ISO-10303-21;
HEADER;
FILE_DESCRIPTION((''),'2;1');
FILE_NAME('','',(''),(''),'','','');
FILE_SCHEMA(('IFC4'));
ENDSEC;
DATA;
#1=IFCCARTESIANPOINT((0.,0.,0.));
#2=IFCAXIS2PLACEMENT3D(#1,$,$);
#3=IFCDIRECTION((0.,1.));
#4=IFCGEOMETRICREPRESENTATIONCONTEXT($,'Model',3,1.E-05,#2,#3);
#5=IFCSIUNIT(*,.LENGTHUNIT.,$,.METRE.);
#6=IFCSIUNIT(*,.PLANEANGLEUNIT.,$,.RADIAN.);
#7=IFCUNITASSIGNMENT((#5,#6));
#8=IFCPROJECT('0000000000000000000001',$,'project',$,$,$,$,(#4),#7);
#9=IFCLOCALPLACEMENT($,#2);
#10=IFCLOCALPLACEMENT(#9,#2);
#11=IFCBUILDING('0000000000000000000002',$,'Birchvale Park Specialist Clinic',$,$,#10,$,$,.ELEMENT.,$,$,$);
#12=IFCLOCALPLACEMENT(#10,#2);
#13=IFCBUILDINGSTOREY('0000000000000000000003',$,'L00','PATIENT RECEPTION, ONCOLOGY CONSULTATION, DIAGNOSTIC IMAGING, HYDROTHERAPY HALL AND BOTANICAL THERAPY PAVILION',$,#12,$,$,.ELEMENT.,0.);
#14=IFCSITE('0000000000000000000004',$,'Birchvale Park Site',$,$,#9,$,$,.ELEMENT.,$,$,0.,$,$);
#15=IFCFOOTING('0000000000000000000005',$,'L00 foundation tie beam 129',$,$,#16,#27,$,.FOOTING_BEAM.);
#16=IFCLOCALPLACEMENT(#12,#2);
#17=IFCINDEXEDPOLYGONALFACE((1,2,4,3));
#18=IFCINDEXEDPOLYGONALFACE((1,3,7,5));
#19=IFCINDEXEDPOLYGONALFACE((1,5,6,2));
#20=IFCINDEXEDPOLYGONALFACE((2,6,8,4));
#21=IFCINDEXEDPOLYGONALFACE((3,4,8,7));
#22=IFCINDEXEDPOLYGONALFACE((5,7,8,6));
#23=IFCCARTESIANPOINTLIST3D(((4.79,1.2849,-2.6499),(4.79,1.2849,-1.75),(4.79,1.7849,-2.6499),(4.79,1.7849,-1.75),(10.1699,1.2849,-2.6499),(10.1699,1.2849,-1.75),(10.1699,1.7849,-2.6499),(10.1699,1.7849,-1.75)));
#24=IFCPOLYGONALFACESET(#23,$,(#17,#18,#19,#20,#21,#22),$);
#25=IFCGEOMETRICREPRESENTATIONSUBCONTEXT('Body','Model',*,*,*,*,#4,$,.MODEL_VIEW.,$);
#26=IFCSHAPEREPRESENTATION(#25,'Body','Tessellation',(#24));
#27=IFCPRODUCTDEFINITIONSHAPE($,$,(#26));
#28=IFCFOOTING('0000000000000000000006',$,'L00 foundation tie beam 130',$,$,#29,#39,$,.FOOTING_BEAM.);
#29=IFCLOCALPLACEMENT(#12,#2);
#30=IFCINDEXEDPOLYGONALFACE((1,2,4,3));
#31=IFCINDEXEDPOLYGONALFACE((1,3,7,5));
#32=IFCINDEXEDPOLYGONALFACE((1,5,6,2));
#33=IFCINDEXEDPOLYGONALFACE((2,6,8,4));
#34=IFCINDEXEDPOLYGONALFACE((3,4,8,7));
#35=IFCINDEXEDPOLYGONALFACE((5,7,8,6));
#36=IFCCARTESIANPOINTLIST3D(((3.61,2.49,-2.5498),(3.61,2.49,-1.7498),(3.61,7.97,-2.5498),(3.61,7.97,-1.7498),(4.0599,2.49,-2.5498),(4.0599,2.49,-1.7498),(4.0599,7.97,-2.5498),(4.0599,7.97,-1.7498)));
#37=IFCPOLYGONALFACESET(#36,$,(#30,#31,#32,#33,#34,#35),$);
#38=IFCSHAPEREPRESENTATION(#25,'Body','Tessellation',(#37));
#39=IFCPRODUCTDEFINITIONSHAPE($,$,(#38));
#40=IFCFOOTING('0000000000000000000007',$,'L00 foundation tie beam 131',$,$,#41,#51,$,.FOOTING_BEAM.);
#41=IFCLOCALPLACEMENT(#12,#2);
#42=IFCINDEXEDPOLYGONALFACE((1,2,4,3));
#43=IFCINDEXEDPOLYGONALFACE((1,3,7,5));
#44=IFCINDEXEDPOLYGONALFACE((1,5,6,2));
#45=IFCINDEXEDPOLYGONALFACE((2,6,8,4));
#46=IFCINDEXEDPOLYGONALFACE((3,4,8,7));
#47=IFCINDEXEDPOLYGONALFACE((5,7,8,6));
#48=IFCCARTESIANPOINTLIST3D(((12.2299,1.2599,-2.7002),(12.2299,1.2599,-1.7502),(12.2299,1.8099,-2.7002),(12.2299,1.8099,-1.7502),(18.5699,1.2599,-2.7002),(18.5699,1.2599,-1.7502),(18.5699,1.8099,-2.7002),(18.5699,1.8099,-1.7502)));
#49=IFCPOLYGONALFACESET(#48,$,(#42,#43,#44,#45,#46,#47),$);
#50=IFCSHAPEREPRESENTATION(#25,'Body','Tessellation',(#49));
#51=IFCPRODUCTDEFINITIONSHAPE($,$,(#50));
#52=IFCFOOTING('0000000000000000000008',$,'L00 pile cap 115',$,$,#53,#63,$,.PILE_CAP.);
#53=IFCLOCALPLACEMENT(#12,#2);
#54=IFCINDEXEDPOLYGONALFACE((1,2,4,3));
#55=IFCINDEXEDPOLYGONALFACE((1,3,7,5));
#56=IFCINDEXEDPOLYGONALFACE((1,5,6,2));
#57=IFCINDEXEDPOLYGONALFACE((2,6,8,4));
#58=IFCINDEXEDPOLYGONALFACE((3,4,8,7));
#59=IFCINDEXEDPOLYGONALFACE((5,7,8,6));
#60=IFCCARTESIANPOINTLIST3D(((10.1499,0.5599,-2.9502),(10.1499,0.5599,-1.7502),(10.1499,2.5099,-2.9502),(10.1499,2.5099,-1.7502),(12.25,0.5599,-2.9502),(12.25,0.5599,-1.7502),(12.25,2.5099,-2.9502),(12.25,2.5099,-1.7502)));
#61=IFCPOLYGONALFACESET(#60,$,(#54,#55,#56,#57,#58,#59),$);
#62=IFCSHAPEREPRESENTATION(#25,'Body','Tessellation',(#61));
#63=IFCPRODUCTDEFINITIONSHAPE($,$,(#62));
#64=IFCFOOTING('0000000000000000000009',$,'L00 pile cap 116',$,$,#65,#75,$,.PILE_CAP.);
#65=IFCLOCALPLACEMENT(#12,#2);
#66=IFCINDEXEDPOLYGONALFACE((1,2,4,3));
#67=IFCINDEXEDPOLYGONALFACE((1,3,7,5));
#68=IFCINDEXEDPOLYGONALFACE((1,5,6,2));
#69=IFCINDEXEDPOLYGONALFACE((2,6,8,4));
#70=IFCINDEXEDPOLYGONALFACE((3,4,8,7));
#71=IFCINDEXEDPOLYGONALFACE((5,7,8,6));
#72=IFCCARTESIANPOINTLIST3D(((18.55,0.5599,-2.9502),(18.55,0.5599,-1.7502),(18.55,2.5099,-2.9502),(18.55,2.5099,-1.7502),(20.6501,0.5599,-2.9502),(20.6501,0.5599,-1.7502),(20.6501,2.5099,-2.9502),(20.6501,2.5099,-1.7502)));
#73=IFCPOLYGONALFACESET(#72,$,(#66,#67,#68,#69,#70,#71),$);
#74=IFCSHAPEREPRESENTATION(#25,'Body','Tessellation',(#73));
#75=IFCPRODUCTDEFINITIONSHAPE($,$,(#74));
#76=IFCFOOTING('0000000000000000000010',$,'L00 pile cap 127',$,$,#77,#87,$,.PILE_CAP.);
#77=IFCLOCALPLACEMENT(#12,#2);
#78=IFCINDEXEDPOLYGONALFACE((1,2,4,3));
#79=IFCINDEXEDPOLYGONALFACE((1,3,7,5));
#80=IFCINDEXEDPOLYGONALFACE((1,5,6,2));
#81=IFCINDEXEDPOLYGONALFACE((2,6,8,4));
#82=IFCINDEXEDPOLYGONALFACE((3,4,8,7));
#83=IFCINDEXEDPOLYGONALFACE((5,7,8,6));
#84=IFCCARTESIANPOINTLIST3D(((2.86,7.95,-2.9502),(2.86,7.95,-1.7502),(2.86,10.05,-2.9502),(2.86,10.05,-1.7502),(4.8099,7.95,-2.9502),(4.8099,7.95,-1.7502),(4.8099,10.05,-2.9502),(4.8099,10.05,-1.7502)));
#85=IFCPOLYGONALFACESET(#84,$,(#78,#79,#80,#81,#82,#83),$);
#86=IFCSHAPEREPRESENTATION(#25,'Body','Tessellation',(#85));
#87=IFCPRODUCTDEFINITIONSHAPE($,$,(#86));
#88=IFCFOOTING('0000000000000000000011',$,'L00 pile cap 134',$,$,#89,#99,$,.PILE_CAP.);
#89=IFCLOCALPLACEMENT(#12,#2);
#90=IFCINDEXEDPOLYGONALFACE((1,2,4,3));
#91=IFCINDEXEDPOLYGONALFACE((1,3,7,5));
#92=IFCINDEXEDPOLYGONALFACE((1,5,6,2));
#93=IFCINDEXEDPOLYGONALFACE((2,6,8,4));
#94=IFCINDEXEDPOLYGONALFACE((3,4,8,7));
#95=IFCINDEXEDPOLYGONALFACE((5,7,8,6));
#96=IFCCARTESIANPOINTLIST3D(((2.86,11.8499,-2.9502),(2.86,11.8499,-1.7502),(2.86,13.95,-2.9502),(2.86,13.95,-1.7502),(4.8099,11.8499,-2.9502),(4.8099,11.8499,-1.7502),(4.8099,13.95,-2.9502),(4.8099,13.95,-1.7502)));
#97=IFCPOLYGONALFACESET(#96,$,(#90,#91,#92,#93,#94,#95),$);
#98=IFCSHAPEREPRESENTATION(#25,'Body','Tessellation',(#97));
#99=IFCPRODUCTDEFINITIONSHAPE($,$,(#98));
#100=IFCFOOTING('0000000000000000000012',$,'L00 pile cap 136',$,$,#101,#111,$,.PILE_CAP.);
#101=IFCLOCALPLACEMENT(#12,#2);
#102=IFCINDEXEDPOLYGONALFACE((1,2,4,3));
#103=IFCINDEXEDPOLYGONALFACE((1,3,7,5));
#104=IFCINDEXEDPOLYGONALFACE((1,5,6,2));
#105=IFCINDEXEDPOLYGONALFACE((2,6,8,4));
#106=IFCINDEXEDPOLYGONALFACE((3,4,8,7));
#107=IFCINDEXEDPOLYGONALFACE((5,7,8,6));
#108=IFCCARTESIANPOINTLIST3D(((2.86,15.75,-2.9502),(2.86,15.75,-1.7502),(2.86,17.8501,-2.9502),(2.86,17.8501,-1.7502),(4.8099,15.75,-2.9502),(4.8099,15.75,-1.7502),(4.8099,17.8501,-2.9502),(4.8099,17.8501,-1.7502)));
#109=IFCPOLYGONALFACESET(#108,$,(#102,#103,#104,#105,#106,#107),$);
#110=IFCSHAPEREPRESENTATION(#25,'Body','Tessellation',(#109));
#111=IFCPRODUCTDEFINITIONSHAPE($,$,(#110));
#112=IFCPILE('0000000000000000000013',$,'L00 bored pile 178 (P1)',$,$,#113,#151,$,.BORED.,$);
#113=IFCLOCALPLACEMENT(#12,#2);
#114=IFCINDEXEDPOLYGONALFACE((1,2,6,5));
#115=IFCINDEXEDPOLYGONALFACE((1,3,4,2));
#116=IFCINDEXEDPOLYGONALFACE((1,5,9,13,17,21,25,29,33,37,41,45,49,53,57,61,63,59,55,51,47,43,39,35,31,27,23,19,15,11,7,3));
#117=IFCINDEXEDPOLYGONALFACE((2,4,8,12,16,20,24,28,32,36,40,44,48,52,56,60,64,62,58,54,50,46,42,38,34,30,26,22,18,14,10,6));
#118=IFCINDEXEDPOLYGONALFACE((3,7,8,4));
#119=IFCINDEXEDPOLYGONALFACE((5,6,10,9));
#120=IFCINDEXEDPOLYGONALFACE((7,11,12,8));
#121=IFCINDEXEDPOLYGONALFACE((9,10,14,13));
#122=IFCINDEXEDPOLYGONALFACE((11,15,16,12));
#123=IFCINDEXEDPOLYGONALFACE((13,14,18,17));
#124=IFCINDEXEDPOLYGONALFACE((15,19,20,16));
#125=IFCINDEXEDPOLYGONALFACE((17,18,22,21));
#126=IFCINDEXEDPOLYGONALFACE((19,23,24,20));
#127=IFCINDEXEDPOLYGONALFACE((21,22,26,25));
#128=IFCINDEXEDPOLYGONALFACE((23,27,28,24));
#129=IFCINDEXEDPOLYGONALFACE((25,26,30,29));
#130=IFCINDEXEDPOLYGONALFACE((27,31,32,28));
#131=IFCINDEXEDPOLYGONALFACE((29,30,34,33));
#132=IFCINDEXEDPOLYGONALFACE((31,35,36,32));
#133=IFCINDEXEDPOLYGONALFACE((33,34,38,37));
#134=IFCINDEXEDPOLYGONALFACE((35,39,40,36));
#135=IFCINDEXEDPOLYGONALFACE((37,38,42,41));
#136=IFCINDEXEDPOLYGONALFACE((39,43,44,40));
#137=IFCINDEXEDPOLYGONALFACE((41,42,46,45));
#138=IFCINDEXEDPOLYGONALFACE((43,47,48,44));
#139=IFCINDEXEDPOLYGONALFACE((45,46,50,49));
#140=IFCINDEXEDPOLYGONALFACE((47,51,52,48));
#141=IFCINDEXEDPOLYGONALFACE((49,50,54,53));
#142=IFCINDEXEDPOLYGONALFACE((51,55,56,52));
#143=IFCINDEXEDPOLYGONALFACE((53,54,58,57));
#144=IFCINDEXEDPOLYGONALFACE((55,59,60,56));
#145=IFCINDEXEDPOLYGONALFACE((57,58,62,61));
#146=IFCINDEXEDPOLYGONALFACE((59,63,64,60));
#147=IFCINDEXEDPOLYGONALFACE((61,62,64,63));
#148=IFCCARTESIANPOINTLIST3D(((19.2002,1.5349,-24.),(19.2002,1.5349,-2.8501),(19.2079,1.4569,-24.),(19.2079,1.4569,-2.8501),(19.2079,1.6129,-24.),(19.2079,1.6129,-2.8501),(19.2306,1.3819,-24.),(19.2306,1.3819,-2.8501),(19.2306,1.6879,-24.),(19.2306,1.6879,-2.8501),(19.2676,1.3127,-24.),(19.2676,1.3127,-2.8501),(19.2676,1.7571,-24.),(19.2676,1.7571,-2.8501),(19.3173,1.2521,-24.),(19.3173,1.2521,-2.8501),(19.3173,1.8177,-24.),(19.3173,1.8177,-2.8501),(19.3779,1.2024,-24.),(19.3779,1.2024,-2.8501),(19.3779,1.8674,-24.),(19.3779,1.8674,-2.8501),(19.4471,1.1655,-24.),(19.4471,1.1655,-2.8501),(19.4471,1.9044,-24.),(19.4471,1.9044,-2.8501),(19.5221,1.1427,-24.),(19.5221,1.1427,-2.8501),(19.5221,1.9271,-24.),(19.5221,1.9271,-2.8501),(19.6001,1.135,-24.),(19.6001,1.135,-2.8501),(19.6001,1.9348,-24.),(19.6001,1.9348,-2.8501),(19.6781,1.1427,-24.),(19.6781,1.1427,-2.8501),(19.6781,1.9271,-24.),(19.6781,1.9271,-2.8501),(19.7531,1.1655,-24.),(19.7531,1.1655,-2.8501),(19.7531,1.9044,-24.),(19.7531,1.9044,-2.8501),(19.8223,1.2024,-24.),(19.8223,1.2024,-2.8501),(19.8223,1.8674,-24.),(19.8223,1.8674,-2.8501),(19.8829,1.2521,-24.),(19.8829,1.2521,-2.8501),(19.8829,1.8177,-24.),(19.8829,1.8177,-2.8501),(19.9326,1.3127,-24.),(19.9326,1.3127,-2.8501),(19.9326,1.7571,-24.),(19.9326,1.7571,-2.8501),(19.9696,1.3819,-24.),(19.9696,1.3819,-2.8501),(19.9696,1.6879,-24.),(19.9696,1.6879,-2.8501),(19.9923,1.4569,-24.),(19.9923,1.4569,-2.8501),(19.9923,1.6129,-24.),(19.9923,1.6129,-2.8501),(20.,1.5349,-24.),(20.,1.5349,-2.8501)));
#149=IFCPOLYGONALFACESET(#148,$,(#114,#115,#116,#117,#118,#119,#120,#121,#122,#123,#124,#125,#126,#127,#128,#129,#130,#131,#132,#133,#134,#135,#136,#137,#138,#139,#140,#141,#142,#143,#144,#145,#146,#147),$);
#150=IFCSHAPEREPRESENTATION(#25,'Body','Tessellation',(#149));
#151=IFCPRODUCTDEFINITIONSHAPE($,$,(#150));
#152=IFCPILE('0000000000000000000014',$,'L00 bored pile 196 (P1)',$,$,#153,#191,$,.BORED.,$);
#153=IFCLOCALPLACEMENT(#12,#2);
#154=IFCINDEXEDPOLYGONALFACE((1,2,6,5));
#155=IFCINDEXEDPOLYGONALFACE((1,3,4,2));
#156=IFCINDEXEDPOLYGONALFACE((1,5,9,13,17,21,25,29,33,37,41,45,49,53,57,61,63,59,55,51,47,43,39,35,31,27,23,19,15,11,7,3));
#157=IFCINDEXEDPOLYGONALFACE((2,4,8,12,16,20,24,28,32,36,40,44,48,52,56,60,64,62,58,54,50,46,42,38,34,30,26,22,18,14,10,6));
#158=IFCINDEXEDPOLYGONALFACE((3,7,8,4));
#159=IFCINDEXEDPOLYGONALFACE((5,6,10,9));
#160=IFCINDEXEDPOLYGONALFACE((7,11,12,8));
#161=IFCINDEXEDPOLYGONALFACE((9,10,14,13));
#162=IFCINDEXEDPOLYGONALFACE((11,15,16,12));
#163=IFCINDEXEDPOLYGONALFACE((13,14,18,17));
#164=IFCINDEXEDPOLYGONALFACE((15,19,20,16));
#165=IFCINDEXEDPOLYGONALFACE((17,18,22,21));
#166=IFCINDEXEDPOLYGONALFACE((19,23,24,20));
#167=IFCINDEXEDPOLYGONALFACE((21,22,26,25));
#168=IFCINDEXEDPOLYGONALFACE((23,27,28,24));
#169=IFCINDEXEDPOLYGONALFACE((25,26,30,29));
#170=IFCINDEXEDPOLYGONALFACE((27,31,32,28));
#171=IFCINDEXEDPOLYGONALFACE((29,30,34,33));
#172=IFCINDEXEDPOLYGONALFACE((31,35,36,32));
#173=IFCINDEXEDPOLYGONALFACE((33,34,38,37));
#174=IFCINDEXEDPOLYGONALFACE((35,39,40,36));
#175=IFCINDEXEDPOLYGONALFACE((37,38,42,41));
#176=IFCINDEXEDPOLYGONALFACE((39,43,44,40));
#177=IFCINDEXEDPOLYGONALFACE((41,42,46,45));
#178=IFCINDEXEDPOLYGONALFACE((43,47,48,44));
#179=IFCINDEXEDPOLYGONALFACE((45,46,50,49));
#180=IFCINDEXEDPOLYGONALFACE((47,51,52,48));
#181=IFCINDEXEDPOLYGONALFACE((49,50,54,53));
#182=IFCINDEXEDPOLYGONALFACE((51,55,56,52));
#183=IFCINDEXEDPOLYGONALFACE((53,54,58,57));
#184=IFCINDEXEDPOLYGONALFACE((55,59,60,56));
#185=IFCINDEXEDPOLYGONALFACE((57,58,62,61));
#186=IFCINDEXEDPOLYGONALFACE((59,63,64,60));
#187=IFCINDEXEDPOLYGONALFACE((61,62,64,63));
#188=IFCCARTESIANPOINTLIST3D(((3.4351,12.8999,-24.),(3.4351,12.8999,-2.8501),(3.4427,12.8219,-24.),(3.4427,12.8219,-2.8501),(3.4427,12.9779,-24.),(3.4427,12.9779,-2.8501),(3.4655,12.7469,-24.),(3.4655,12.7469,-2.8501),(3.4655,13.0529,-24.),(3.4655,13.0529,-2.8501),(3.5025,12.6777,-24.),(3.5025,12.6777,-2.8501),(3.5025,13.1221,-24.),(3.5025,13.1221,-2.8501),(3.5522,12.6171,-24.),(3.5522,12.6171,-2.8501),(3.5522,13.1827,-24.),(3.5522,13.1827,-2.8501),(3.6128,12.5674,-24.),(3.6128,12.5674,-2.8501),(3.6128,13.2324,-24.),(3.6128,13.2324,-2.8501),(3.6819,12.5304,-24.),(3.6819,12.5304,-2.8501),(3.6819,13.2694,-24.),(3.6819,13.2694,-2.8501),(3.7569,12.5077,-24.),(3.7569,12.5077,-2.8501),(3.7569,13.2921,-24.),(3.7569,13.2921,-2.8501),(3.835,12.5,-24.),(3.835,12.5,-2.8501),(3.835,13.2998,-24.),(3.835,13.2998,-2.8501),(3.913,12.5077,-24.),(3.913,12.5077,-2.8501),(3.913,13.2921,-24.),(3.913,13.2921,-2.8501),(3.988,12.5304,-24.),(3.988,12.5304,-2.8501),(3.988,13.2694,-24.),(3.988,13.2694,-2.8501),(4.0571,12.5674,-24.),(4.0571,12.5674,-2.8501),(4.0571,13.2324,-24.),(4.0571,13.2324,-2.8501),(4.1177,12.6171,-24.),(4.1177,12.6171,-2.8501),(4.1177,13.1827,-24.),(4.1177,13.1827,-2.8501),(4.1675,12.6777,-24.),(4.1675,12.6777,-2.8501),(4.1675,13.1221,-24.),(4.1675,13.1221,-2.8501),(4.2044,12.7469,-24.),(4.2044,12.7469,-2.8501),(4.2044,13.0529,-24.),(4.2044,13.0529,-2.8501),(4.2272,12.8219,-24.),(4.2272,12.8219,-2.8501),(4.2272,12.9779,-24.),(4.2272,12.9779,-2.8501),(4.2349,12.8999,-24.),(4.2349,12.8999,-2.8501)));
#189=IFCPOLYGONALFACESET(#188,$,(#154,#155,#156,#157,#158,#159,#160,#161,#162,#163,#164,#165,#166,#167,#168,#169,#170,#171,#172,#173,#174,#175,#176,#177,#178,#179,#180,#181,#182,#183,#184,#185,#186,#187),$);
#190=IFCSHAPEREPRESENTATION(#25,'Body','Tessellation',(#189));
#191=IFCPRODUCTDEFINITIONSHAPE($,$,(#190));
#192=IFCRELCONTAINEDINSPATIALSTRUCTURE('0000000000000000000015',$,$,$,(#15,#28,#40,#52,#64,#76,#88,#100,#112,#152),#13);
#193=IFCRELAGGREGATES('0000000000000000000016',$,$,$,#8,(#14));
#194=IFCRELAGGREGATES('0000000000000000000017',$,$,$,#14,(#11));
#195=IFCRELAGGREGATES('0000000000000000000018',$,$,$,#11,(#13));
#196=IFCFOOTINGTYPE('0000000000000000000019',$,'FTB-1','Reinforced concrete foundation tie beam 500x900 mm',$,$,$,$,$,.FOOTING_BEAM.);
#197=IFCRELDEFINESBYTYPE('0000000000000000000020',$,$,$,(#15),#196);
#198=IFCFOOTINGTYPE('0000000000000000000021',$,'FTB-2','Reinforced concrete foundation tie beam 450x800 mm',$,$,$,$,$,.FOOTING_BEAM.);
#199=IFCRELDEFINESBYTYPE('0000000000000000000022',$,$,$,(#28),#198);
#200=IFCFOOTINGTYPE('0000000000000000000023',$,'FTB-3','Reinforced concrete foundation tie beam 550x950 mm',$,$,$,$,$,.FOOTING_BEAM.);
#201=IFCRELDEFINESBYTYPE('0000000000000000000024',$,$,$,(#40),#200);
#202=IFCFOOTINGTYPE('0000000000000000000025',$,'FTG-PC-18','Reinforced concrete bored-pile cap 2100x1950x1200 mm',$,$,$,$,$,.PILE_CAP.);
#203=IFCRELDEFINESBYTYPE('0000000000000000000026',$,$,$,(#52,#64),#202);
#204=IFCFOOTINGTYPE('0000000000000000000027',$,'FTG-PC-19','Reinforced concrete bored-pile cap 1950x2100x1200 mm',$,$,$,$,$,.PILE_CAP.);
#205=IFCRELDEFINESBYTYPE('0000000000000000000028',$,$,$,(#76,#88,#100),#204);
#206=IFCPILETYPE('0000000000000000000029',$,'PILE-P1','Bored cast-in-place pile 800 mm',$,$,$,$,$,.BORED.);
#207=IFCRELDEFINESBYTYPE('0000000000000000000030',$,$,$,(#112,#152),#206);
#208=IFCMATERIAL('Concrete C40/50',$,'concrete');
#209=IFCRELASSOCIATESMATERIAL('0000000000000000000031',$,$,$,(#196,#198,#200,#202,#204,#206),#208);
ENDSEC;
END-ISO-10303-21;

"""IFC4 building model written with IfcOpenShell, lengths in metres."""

from ifc_helpers import new_model, si_unit, direction, frame, origin, origin_2d, place, context, subcontext, project, spatial, rectangle, circle, extrude, material, material_profile, profile_set, type_object, element, save


model = new_model("IFC4")

# Units and contexts
model_context = context("Model", 3, precision=1e-05, world=origin(), true_north=direction((0.0, 1.0)))
body_context = subcontext(model_context, "Body", "Model", "MODEL_VIEW")
ifc_project = project(units=[si_unit("LENGTHUNIT", "METRE"), si_unit("PLANEANGLEUNIT", "RADIAN")], contexts=[model_context])

# Site, building, storey
site_placement = place(None, origin())
site = spatial("IfcSite", under=ifc_project, at=site_placement, Name="Birchvale Park Site", CompositionType="ELEMENT", RefElevation=0.0)
building_placement = place(site_placement, origin())
building = spatial("IfcBuilding", under=site, at=building_placement, Name="Birchvale Park Specialist Clinic", CompositionType="ELEMENT")
storey_placement = place(building_placement, origin())
storey = spatial("IfcBuildingStorey", under=building, at=storey_placement, Name="L00", Description="PATIENT RECEPTION, ONCOLOGY CONSULTATION, DIAGNOSTIC IMAGING, HYDROTHERAPY HALL AND BOTANICAL THERAPY PAVILION", CompositionType="ELEMENT", Elevation=0.0)

# Footings
ifc_material_1 = material(Name="Concrete C40/50", Category="concrete")
footing_type_1 = type_object("IfcFootingType", Name="FTB-1", Description="Reinforced concrete foundation tie beam 500x900 mm", PredefinedType="FOOTING_BEAM", material=ifc_material_1)
footing_1_placement = place(storey_placement, frame((7.48, 1.5349, -2.6499), z_axis=(0.0, 0.0, 1.0), x_axis=(1.0, 0.0, 0.0)))
element("IfcFooting", 1, at=footing_1_placement, inside=storey, type_object=footing_type_1, Name="L00 foundation tie beam 129", PredefinedType="FOOTING_BEAM", context=body_context, shape_type="SweptSolid", body=[
    extrude(rectangle(XDim=5.3799, YDim=0.5, at=origin_2d()), origin(), (0.0, 0.0, 1.0), 0.8999),
])
footing_type_2 = type_object("IfcFootingType", Name="FTB-2", Description="Reinforced concrete foundation tie beam 450x800 mm", PredefinedType="FOOTING_BEAM", material=ifc_material_1)
footing_2_placement = place(storey_placement, frame((3.835, 5.23, -2.5498), z_axis=(0.0, 0.0, 1.0), x_axis=(1.0, 0.0, 0.0)))
element("IfcFooting", 2, at=footing_2_placement, inside=storey, type_object=footing_type_2, Name="L00 foundation tie beam 130", PredefinedType="FOOTING_BEAM", context=body_context, shape_type="SweptSolid", body=[
    extrude(rectangle(XDim=0.45, YDim=5.48, at=origin_2d()), origin(), (0.0, 0.0, 1.0), 0.8),
])
footing_type_3 = type_object("IfcFootingType", Name="FTB-3", Description="Reinforced concrete foundation tie beam 550x950 mm", PredefinedType="FOOTING_BEAM", material=ifc_material_1)
footing_3_placement = place(storey_placement, frame((15.3999, 1.5349, -2.7002), z_axis=(0.0, 0.0, 1.0), x_axis=(1.0, 0.0, 0.0)))
element("IfcFooting", 3, at=footing_3_placement, inside=storey, type_object=footing_type_3, Name="L00 foundation tie beam 131", PredefinedType="FOOTING_BEAM", context=body_context, shape_type="SweptSolid", body=[
    extrude(rectangle(XDim=6.3401, YDim=0.55, at=origin_2d()), origin(), (0.0, 0.0, 1.0), 0.95),
])
footing_type_4 = type_object("IfcFootingType", Name="FTG-PC-18", Description="Reinforced concrete bored-pile cap 2100x1950x1200 mm", PredefinedType="PILE_CAP", material=ifc_material_1)
for number, where, z_axis, x_axis, name in (
    (4, (11.2, 1.5349, -2.9502), (0.0, 0.0, 1.0), (1.0, 0.0, 0.0), "L00 pile cap 115"),
    (5, (19.6001, 1.5349, -2.9502), (0.0, 0.0, 1.0), (1.0, 0.0, 0.0), "L00 pile cap 116"),
):
    element("IfcFooting", number, at=place(storey_placement, frame(where, z_axis=z_axis, x_axis=x_axis)), inside=storey, type_object=footing_type_4, Name=name, PredefinedType="PILE_CAP", context=body_context, shape_type="SweptSolid", body=[
        extrude(rectangle(XDim=2.1001, YDim=1.95, at=origin_2d()), origin(), (0.0, 0.0, 1.0), 1.2),
    ])
footing_type_5 = type_object("IfcFootingType", Name="FTG-PC-19", Description="Reinforced concrete bored-pile cap 1950x2100x1200 mm", PredefinedType="PILE_CAP", material=ifc_material_1)
for number, where, z_axis, x_axis, name in (
    (6, (3.835, 9.0, -2.9502), (0.0, 0.0, 1.0), (1.0, 0.0, 0.0), "L00 pile cap 127"),
    (7, (3.835, 12.8999, -2.9502), (0.0, 0.0, 1.0), (1.0, 0.0, 0.0), "L00 pile cap 134"),
    (8, (3.835, 16.8, -2.9502), (0.0, 0.0, 1.0), (1.0, 0.0, 0.0), "L00 pile cap 136"),
):
    element("IfcFooting", number, at=place(storey_placement, frame(where, z_axis=z_axis, x_axis=x_axis)), inside=storey, type_object=footing_type_5, Name=name, PredefinedType="PILE_CAP", context=body_context, shape_type="SweptSolid", body=[
        extrude(rectangle(XDim=1.95, YDim=2.1001, at=origin_2d()), origin(), (0.0, 0.0, 1.0), 1.2),
    ])

# Piles
ifc_material_profile_1 = material_profile(ifc_material_1, circle(Radius=0.3999, at=origin_2d()), Name="PILE-800")
ifc_profile_set_1 = profile_set([ifc_material_profile_1], Name="Concrete C40/50")
pile_type_1 = type_object("IfcPileType", Name="PILE-P1", Description="Bored cast-in-place pile 800 mm", PredefinedType="BORED", material=ifc_profile_set_1)
for number, where, z_axis, x_axis, name in (
    (9, (19.6001, 1.5349, -2.8501), (0.0, 0.0, -1.0), (1.0, 0.0, 0.0), "L00 bored pile 178 (P1)"),
    (10, (3.835, 12.8999, -2.8501), (0.0, 0.0, -1.0), (1.0, 0.0, 0.0), "L00 bored pile 196 (P1)"),
):
    element("IfcPile", number, at=place(storey_placement, frame(where, z_axis=z_axis, x_axis=x_axis)), inside=storey, type_object=pile_type_1, Name=name, PredefinedType="BORED", context=body_context, shape_type="SweptSolid", body=[
        extrude(circle(Radius=0.3999, at=origin_2d()), origin(), (0.0, 0.0, 1.0), 21.1499),
    ])

save(model, "model.ifc")
